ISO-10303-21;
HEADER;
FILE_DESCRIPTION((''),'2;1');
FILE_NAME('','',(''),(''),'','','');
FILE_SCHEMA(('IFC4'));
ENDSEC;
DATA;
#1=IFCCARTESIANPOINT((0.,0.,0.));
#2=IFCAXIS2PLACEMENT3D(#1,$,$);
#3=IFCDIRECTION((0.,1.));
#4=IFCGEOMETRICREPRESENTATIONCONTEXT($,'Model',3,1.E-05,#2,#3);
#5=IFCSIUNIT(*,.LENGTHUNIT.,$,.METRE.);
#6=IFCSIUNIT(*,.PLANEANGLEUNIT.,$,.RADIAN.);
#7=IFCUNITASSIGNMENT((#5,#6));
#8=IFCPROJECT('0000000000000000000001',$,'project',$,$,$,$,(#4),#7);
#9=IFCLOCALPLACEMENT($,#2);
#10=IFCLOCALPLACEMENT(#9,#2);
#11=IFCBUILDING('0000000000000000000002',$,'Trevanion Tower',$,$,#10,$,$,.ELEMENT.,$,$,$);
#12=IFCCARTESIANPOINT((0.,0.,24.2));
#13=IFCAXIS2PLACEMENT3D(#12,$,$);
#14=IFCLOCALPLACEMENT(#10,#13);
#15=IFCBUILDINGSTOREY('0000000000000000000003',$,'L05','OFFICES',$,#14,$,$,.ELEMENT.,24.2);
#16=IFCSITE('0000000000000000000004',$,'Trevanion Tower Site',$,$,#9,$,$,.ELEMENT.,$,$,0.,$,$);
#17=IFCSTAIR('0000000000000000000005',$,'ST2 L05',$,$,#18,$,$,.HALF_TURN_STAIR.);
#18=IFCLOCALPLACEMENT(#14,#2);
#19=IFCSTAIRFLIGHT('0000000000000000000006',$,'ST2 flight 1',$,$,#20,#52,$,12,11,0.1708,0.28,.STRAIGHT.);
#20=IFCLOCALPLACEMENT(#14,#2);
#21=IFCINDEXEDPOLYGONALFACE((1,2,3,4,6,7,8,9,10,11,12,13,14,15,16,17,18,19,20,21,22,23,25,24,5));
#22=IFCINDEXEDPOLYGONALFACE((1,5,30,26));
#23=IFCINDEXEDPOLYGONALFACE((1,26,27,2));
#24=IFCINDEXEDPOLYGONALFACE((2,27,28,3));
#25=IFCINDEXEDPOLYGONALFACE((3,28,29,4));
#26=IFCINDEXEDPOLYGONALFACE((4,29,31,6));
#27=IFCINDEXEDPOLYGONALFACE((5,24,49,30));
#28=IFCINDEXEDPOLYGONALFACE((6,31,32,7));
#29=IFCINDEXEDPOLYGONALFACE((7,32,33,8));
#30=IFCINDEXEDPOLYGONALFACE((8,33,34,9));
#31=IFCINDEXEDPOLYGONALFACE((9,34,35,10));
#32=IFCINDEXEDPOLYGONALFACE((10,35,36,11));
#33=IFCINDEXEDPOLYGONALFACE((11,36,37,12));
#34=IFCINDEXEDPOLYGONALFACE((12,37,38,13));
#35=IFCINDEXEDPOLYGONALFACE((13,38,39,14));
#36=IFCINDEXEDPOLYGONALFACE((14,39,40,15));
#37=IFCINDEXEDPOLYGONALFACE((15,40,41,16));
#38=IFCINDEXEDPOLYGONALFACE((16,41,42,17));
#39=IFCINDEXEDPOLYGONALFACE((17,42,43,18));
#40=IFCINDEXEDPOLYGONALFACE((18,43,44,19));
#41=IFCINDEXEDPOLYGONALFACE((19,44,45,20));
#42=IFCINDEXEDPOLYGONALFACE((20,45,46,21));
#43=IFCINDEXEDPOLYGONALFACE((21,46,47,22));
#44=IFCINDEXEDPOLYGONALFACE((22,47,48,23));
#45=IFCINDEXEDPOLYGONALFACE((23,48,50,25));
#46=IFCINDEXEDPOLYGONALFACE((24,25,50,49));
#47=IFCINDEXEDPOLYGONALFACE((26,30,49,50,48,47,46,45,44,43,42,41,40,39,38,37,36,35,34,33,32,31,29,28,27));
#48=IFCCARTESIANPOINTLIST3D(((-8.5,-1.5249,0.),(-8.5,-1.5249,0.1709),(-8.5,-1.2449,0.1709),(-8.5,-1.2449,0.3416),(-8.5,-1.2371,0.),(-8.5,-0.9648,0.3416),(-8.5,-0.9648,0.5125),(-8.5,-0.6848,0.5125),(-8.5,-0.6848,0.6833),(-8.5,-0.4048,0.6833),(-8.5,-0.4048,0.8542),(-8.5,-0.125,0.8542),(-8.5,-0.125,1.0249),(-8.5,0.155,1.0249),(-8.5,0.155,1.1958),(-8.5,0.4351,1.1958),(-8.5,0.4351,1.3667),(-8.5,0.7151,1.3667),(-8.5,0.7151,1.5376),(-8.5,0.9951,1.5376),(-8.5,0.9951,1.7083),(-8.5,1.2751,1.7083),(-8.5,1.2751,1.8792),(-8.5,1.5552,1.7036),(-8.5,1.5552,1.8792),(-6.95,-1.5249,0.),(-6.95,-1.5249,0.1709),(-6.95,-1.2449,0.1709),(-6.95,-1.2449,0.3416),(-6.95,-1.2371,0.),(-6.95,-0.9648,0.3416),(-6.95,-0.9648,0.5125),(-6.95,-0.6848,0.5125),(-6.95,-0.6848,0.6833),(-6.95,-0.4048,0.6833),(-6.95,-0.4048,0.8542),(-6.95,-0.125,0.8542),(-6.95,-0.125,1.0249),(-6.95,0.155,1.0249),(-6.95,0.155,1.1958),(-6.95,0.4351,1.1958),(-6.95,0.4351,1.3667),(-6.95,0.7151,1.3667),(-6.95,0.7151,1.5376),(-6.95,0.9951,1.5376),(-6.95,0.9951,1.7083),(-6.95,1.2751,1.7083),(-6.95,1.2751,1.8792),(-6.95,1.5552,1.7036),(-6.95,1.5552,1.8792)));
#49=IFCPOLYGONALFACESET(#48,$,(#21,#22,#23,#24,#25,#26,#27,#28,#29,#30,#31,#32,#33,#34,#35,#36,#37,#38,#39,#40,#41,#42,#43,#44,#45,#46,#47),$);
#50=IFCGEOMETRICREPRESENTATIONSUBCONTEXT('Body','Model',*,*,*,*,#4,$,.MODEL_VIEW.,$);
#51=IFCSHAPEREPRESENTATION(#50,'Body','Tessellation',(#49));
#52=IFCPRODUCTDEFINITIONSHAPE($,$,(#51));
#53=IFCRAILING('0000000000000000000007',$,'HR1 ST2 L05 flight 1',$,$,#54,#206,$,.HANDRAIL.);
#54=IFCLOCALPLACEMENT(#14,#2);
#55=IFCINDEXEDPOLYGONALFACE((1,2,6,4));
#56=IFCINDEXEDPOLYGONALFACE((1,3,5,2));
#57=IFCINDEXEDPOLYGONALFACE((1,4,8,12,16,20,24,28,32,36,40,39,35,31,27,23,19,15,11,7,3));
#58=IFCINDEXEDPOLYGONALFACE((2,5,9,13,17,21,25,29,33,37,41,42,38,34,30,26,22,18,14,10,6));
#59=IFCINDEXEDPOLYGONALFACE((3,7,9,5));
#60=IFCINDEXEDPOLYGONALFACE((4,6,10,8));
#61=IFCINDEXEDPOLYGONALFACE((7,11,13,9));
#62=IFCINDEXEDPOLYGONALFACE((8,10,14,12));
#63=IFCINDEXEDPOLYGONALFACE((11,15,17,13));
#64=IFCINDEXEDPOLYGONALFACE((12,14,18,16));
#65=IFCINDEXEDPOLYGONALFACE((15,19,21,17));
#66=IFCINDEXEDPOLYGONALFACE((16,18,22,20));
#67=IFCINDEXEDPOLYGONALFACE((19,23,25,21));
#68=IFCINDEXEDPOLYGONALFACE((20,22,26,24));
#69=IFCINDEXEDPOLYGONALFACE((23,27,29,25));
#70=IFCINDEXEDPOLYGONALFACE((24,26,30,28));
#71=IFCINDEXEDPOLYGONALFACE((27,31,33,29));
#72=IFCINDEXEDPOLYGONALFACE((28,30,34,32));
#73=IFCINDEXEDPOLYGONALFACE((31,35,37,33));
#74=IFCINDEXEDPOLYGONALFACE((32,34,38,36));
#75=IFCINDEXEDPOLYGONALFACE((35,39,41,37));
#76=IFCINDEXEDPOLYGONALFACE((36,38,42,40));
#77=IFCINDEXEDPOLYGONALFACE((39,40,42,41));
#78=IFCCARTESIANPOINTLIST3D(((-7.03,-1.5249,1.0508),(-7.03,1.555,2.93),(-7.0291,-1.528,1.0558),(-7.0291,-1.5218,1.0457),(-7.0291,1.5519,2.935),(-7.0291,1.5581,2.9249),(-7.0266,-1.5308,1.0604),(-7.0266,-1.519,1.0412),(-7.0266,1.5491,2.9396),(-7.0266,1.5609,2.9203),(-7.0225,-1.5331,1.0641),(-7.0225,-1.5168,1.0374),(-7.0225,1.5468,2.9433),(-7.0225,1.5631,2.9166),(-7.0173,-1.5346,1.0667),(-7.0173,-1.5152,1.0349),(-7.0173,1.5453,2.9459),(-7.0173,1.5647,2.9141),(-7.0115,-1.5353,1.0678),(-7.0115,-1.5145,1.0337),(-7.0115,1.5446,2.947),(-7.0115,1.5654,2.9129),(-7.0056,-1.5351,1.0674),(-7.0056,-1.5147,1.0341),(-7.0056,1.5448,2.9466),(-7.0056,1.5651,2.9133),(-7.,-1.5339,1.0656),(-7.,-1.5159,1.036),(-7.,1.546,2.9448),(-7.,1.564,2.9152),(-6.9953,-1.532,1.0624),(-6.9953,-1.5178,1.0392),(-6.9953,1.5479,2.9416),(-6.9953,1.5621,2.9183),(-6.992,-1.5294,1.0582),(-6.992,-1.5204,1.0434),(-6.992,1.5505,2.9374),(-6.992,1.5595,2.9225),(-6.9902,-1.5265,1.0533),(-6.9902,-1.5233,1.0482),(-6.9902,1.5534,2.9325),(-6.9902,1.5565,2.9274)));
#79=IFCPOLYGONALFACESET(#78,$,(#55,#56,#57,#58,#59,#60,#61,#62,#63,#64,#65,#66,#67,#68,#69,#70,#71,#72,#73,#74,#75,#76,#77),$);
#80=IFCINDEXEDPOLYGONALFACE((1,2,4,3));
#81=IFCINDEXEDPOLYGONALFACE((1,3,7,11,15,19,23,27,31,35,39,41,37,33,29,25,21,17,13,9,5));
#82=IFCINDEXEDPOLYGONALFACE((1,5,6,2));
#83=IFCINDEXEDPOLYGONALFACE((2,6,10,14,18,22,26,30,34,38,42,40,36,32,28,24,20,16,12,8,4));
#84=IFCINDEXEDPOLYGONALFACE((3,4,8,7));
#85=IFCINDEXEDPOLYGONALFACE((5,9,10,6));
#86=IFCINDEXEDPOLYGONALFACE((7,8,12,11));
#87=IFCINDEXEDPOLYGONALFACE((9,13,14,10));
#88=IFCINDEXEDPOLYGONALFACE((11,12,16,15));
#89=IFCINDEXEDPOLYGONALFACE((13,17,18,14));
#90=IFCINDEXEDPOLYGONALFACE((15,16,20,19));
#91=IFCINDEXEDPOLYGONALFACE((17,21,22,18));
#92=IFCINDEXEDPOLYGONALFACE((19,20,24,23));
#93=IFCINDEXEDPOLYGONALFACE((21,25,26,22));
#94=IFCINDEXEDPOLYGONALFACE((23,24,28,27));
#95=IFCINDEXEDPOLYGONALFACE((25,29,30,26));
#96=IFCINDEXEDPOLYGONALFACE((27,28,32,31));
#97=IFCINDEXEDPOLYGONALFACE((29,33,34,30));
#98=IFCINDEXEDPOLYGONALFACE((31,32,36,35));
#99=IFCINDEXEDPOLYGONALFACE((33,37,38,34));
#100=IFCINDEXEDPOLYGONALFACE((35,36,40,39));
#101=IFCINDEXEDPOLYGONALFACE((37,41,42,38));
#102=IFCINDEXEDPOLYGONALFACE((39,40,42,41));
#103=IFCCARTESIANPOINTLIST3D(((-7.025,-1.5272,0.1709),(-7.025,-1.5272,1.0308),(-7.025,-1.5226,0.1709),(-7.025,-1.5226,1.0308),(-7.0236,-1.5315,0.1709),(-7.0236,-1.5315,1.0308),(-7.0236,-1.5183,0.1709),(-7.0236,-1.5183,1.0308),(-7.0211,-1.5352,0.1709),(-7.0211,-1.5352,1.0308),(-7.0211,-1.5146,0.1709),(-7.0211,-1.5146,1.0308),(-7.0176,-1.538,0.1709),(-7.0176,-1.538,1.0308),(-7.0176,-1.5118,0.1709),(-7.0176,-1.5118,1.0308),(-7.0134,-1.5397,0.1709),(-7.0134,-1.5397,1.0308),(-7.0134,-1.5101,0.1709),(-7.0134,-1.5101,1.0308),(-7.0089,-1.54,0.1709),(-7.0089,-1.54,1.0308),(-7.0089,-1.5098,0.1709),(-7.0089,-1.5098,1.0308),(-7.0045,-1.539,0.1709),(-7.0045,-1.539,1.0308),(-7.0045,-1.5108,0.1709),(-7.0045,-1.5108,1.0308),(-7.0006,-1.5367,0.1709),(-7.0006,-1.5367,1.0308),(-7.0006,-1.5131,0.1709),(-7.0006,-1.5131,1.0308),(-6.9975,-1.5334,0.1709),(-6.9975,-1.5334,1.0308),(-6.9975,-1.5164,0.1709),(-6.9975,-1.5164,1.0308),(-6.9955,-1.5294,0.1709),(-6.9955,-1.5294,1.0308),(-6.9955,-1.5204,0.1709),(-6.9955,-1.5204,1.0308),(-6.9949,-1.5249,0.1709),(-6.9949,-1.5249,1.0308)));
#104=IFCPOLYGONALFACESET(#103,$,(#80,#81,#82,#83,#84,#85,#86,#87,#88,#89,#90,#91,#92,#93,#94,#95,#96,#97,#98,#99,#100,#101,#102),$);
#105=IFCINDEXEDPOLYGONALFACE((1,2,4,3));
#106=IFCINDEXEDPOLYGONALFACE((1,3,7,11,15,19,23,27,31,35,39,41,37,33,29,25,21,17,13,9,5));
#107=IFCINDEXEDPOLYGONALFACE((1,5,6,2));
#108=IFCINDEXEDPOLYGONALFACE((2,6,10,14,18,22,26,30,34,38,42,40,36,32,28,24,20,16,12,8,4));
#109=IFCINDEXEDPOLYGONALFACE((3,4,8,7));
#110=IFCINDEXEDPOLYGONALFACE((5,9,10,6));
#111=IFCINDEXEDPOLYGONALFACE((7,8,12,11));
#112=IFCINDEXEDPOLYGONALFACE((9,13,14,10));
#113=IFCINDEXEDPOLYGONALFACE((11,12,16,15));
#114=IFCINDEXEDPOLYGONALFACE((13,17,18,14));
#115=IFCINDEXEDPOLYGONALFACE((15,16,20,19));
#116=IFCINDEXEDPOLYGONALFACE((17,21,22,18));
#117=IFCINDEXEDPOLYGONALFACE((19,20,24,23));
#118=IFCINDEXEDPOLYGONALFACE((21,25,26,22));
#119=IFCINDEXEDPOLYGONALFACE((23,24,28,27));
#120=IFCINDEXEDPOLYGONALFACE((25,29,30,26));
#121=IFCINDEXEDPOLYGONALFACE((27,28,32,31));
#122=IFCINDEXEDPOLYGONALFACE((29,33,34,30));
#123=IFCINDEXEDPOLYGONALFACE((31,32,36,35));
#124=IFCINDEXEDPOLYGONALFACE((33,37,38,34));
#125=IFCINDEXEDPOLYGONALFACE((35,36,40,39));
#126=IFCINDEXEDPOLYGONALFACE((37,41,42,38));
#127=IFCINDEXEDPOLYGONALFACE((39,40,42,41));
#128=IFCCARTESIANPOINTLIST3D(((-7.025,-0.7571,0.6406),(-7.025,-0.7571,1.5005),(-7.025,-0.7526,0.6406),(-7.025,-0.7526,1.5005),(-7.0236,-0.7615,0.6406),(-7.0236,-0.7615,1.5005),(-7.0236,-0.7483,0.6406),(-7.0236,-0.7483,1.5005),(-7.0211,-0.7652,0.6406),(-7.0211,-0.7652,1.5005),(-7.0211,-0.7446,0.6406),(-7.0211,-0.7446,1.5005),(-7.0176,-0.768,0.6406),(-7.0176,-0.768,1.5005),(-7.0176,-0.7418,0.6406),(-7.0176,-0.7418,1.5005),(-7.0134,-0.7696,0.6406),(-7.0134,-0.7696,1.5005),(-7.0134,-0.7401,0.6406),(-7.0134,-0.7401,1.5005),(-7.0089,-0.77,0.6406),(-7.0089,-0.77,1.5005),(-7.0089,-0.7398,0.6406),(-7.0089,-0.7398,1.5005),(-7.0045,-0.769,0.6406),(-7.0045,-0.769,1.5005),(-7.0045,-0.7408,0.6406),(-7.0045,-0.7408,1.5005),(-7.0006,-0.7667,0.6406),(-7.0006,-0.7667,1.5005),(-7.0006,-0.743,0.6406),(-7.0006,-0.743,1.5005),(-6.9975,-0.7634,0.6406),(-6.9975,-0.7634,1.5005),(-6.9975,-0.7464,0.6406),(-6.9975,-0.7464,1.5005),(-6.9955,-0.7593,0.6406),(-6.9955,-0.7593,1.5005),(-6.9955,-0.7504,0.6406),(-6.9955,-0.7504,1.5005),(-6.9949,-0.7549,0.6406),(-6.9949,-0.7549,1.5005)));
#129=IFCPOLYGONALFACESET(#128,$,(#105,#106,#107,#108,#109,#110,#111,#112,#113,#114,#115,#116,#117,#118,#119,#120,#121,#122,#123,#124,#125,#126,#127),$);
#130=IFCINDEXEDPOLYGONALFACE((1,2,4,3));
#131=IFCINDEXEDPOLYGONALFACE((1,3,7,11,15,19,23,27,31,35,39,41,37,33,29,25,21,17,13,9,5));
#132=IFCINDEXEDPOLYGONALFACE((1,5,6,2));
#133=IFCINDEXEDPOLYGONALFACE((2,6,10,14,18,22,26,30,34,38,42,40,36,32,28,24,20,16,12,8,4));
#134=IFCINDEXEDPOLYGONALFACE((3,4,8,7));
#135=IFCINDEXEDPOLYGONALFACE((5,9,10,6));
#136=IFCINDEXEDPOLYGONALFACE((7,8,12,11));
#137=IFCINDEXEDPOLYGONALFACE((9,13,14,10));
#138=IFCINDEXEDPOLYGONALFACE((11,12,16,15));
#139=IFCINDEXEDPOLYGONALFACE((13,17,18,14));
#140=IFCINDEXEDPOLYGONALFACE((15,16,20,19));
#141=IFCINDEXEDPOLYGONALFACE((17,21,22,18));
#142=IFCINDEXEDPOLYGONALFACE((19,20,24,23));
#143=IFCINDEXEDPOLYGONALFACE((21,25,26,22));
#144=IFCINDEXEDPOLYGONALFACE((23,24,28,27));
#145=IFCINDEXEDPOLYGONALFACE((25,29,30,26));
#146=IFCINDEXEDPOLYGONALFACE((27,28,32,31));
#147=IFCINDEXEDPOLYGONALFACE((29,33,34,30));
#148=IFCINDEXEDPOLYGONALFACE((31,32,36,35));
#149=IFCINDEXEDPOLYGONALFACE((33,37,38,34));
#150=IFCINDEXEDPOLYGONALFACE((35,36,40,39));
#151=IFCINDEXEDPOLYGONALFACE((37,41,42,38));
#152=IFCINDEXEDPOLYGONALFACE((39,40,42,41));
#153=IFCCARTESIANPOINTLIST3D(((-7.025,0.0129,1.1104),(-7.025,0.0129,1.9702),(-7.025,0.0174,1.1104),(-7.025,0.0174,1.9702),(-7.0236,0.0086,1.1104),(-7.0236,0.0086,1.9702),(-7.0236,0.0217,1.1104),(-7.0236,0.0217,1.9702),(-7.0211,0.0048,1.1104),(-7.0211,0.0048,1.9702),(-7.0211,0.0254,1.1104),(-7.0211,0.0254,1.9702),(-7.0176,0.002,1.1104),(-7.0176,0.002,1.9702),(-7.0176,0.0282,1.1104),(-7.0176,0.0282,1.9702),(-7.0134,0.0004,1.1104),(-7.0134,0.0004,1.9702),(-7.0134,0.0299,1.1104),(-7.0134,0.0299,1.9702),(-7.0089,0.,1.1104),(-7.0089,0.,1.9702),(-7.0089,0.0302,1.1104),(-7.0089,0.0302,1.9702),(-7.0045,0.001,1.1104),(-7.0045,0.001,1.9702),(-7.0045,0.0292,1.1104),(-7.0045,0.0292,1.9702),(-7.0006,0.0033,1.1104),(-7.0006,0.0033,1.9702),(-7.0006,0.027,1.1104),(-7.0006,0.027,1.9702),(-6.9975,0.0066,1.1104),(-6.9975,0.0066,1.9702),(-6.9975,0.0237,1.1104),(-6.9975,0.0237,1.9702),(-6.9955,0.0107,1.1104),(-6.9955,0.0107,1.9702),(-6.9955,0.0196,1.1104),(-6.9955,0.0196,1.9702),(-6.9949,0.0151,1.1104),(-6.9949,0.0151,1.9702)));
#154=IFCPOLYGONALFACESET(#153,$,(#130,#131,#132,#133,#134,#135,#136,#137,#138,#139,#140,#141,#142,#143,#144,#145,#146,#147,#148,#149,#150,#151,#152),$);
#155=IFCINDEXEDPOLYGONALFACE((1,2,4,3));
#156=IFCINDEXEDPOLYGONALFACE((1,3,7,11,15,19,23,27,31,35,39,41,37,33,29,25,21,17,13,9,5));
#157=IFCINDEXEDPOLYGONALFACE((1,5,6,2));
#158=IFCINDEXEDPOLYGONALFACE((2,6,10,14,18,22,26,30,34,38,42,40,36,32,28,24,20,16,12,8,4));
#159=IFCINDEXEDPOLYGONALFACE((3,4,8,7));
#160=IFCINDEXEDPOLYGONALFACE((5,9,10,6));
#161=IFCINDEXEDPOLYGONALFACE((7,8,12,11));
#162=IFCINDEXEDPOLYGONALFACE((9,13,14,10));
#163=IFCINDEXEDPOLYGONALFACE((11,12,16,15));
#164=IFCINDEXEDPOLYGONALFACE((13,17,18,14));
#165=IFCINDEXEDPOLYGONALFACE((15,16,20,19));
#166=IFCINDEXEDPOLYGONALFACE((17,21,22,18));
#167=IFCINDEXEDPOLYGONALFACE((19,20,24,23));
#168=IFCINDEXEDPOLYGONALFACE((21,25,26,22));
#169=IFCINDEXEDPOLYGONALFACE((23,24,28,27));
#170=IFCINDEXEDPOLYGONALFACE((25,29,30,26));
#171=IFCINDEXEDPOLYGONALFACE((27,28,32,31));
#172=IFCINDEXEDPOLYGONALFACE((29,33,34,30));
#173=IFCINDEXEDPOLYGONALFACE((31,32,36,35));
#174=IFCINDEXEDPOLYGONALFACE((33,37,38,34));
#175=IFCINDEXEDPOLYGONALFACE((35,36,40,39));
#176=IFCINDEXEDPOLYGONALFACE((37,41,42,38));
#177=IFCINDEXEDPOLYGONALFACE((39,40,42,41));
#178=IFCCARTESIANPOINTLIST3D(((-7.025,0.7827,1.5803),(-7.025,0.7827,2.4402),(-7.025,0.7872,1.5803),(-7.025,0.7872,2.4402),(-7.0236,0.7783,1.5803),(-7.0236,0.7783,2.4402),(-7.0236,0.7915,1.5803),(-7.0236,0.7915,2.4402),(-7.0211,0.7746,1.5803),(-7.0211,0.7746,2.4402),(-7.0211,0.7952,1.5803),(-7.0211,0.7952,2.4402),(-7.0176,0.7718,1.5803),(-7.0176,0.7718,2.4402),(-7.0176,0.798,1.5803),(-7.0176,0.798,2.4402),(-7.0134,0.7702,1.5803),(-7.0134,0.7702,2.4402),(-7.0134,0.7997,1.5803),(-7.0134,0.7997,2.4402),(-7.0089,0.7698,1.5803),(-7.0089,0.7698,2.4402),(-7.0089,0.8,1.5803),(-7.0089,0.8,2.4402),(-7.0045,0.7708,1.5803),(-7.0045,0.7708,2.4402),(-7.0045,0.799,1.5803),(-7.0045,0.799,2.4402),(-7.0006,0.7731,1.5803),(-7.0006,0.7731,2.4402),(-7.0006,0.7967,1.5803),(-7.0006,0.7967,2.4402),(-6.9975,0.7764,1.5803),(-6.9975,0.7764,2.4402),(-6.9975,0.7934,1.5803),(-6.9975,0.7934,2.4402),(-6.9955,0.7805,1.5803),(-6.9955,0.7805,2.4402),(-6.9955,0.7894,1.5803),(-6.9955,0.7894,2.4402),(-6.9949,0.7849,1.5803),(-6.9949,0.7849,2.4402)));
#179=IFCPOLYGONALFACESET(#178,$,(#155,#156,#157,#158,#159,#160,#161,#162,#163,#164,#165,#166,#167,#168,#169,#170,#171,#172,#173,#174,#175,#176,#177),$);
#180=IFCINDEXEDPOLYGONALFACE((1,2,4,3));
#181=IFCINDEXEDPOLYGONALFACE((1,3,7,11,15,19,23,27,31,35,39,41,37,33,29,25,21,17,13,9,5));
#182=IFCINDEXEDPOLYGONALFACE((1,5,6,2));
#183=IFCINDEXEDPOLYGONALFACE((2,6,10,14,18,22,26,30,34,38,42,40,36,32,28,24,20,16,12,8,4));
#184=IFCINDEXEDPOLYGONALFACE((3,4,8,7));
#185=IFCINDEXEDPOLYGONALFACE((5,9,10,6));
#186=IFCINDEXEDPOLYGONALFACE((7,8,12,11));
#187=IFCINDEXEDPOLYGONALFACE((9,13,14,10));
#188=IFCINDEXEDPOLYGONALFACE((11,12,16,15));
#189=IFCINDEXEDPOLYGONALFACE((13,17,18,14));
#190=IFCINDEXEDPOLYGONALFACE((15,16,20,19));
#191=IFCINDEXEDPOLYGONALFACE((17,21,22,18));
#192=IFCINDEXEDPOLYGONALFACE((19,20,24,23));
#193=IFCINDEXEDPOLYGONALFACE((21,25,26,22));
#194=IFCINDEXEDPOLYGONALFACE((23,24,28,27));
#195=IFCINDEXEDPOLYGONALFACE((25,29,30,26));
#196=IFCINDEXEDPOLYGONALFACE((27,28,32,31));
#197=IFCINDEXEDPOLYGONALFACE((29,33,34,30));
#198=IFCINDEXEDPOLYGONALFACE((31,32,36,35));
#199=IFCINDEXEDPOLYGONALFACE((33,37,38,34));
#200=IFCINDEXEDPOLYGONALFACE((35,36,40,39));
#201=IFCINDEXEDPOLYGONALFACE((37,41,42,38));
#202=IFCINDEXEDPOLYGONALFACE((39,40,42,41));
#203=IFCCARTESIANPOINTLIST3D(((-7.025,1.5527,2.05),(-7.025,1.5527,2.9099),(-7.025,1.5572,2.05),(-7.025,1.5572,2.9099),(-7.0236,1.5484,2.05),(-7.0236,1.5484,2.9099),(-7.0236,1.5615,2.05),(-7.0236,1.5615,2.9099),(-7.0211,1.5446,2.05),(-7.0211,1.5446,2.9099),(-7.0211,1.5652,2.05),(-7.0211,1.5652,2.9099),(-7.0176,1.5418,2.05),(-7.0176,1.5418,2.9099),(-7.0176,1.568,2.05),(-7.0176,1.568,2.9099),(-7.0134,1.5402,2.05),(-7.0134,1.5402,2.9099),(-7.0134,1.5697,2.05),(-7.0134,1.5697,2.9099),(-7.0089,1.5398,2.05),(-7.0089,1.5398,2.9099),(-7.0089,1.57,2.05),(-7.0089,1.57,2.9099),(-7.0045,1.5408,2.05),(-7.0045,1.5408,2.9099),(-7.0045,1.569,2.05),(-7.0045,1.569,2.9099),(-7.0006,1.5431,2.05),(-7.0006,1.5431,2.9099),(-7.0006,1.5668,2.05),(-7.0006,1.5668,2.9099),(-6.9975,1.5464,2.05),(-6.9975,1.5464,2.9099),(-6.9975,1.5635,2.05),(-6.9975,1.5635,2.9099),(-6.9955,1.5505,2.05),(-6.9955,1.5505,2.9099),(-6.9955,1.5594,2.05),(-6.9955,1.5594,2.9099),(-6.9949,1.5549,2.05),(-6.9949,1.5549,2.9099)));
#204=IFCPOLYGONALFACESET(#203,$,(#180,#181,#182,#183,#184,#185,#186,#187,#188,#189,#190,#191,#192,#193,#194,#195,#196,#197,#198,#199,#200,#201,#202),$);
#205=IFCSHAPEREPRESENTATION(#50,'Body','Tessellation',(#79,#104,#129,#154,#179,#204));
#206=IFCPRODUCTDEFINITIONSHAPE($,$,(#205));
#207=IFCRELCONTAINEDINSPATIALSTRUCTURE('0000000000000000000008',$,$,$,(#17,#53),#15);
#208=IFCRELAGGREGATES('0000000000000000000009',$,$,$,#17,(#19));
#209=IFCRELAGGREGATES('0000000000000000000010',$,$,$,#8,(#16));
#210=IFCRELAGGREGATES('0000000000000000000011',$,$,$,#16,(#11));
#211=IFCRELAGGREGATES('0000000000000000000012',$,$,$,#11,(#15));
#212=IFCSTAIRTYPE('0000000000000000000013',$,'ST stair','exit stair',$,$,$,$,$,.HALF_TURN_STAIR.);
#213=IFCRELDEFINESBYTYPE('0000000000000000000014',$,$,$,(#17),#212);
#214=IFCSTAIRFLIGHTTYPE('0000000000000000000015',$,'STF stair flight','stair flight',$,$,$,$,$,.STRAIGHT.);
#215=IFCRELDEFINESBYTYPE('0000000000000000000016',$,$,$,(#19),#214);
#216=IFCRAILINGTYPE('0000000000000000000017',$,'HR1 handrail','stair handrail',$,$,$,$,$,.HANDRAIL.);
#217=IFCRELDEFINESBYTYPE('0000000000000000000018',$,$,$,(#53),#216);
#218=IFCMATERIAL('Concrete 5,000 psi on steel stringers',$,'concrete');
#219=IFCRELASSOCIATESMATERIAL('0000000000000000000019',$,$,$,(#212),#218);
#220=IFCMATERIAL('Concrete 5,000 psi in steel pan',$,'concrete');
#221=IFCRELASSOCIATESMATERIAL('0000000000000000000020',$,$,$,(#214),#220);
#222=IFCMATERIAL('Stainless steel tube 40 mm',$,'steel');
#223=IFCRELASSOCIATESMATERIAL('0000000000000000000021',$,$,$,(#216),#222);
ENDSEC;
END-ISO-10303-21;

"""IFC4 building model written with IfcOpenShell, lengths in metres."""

from ifc_helpers import new_model, si_unit, direction, frame, origin, origin_2d, place, context, subcontext, project, spatial, polyline, circle, outline, extrude, material, type_object, element, aggregate, save


model = new_model("IFC4")

# Units and contexts
model_context = context("Model", 3, precision=1e-05, world=origin(), true_north=direction((0.0, 1.0)))
body_context = subcontext(model_context, "Body", "Model", "MODEL_VIEW")
ifc_project = project(units=[si_unit("LENGTHUNIT", "METRE"), si_unit("PLANEANGLEUNIT", "RADIAN")], contexts=[model_context])

# Site, building, storey
site_placement = place(None, origin())
site = spatial("IfcSite", under=ifc_project, at=site_placement, Name="Trevanion Tower Site", CompositionType="ELEMENT", RefElevation=0.0)
building_placement = place(site_placement, origin())
building = spatial("IfcBuilding", under=site, at=building_placement, Name="Trevanion Tower", CompositionType="ELEMENT")
storey_placement = place(building_placement, frame((0.0, 0.0, 24.2)))
storey = spatial("IfcBuildingStorey", under=building, at=storey_placement, Name="L05", Description="OFFICES", CompositionType="ELEMENT", Elevation=24.2)

# Stair, stair flight
ifc_material_1 = material(Name="Concrete 5,000 psi on steel stringers", Category="concrete")
stair_type = type_object("IfcStairType", Name="ST stair", Description="exit stair", PredefinedType="HALF_TURN_STAIR", material=ifc_material_1)
stair_placement = place(storey_placement, origin())
stair = element("IfcStair", 1, at=stair_placement, inside=storey, type_object=stair_type, Name="ST2 L05", PredefinedType="HALF_TURN_STAIR")
ifc_material_2 = material(Name="Concrete 5,000 psi in steel pan", Category="concrete")
stair_flight_type = type_object("IfcStairFlightType", Name="STF stair flight", Description="stair flight", PredefinedType="STRAIGHT", material=ifc_material_2)
stair_flight_placement = place(storey_placement, frame((-7.7251, -1.5249, 0.0), z_axis=(0.0, 0.0, 1.0), x_axis=(0.0, 1.0, 0.0)))
stair_flight = element("IfcStairFlight", 2, at=stair_flight_placement, type_object=stair_flight_type, Name="ST2 flight 1", NumberOfRisers=12, NumberOfTreads=11, PredefinedType="STRAIGHT", RiserHeight=0.1708, TreadLength=0.28, context=body_context, shape_type="SweptSolid", body=[
    extrude(outline(polyline([(0.0, 0.0), (0.0, 0.1709), (0.28, 0.1709), (0.28, 0.3416), (0.5601, 0.3416), (0.5601, 0.5125), (0.8401, 0.5125), (0.8401, 0.6833), (1.1201, 0.6833), (1.1201, 0.8542), (1.3999, 0.8542), (1.3999, 1.0249), (1.6799, 1.0249), (1.6799, 1.1958), (1.96, 1.1958), (1.96, 1.3667), (2.24, 1.3667), (2.24, 1.5376), (2.52, 1.5376), (2.52, 1.7083), (2.8, 1.7083), (2.8, 1.8792), (3.0801, 1.8792), (3.0801, 2.05), (3.0801, 1.7036), (0.2878, 0.0), (0.0, 0.0)])), frame((0.0, 0.7749, 0.0), z_axis=(0.0, -1.0, 0.0), x_axis=(1.0, 0.0, 0.0)), (0.0, 0.0, 1.0), 1.55),
])
aggregate(stair, [stair_flight])

# Railing
ifc_material_3 = material(Name="Stainless steel tube 40 mm", Category="steel")
railing_type = type_object("IfcRailingType", Name="HR1 handrail", Description="stair handrail", PredefinedType="HANDRAIL", material=ifc_material_3)
for number, where, name in (
    (3, (-7.01, -1.5249, 0.1709), "HR1 ST2 L05 flight 1"),
):
    element("IfcRailing", number, at=place(storey_placement, frame(where)), inside=storey, type_object=railing_type, Name=name, PredefinedType="HANDRAIL", context=body_context, shape_type="SweptSolid", body=[
        extrude(circle(Radius=0.02, at=origin_2d()), frame((0.0, 0.0, 0.8799), z_axis=(0.0, 0.853648, 0.52085), x_axis=(-1.0, 0.0, 0.0)), (0.0, 0.0, 1.0), 3.6079),
        extrude(circle(Radius=0.0151, at=origin_2d()), origin(), (0.0, 0.0, 1.0), 0.8599),
        extrude(circle(Radius=0.0151, at=origin_2d()), frame((0.0, 0.77, 0.4697)), (0.0, 0.0, 1.0), 0.8599),
        extrude(circle(Radius=0.0151, at=origin_2d()), frame((0.0, 1.54, 0.9395)), (0.0, 0.0, 1.0), 0.8599),
        extrude(circle(Radius=0.0151, at=origin_2d()), frame((0.0, 2.3098, 1.4094)), (0.0, 0.0, 1.0), 0.8599),
        extrude(circle(Radius=0.0151, at=origin_2d()), frame((0.0, 3.0798, 1.8792)), (0.0, 0.0, 1.0), 0.8599),
    ])

save(model, "model.ifc")
